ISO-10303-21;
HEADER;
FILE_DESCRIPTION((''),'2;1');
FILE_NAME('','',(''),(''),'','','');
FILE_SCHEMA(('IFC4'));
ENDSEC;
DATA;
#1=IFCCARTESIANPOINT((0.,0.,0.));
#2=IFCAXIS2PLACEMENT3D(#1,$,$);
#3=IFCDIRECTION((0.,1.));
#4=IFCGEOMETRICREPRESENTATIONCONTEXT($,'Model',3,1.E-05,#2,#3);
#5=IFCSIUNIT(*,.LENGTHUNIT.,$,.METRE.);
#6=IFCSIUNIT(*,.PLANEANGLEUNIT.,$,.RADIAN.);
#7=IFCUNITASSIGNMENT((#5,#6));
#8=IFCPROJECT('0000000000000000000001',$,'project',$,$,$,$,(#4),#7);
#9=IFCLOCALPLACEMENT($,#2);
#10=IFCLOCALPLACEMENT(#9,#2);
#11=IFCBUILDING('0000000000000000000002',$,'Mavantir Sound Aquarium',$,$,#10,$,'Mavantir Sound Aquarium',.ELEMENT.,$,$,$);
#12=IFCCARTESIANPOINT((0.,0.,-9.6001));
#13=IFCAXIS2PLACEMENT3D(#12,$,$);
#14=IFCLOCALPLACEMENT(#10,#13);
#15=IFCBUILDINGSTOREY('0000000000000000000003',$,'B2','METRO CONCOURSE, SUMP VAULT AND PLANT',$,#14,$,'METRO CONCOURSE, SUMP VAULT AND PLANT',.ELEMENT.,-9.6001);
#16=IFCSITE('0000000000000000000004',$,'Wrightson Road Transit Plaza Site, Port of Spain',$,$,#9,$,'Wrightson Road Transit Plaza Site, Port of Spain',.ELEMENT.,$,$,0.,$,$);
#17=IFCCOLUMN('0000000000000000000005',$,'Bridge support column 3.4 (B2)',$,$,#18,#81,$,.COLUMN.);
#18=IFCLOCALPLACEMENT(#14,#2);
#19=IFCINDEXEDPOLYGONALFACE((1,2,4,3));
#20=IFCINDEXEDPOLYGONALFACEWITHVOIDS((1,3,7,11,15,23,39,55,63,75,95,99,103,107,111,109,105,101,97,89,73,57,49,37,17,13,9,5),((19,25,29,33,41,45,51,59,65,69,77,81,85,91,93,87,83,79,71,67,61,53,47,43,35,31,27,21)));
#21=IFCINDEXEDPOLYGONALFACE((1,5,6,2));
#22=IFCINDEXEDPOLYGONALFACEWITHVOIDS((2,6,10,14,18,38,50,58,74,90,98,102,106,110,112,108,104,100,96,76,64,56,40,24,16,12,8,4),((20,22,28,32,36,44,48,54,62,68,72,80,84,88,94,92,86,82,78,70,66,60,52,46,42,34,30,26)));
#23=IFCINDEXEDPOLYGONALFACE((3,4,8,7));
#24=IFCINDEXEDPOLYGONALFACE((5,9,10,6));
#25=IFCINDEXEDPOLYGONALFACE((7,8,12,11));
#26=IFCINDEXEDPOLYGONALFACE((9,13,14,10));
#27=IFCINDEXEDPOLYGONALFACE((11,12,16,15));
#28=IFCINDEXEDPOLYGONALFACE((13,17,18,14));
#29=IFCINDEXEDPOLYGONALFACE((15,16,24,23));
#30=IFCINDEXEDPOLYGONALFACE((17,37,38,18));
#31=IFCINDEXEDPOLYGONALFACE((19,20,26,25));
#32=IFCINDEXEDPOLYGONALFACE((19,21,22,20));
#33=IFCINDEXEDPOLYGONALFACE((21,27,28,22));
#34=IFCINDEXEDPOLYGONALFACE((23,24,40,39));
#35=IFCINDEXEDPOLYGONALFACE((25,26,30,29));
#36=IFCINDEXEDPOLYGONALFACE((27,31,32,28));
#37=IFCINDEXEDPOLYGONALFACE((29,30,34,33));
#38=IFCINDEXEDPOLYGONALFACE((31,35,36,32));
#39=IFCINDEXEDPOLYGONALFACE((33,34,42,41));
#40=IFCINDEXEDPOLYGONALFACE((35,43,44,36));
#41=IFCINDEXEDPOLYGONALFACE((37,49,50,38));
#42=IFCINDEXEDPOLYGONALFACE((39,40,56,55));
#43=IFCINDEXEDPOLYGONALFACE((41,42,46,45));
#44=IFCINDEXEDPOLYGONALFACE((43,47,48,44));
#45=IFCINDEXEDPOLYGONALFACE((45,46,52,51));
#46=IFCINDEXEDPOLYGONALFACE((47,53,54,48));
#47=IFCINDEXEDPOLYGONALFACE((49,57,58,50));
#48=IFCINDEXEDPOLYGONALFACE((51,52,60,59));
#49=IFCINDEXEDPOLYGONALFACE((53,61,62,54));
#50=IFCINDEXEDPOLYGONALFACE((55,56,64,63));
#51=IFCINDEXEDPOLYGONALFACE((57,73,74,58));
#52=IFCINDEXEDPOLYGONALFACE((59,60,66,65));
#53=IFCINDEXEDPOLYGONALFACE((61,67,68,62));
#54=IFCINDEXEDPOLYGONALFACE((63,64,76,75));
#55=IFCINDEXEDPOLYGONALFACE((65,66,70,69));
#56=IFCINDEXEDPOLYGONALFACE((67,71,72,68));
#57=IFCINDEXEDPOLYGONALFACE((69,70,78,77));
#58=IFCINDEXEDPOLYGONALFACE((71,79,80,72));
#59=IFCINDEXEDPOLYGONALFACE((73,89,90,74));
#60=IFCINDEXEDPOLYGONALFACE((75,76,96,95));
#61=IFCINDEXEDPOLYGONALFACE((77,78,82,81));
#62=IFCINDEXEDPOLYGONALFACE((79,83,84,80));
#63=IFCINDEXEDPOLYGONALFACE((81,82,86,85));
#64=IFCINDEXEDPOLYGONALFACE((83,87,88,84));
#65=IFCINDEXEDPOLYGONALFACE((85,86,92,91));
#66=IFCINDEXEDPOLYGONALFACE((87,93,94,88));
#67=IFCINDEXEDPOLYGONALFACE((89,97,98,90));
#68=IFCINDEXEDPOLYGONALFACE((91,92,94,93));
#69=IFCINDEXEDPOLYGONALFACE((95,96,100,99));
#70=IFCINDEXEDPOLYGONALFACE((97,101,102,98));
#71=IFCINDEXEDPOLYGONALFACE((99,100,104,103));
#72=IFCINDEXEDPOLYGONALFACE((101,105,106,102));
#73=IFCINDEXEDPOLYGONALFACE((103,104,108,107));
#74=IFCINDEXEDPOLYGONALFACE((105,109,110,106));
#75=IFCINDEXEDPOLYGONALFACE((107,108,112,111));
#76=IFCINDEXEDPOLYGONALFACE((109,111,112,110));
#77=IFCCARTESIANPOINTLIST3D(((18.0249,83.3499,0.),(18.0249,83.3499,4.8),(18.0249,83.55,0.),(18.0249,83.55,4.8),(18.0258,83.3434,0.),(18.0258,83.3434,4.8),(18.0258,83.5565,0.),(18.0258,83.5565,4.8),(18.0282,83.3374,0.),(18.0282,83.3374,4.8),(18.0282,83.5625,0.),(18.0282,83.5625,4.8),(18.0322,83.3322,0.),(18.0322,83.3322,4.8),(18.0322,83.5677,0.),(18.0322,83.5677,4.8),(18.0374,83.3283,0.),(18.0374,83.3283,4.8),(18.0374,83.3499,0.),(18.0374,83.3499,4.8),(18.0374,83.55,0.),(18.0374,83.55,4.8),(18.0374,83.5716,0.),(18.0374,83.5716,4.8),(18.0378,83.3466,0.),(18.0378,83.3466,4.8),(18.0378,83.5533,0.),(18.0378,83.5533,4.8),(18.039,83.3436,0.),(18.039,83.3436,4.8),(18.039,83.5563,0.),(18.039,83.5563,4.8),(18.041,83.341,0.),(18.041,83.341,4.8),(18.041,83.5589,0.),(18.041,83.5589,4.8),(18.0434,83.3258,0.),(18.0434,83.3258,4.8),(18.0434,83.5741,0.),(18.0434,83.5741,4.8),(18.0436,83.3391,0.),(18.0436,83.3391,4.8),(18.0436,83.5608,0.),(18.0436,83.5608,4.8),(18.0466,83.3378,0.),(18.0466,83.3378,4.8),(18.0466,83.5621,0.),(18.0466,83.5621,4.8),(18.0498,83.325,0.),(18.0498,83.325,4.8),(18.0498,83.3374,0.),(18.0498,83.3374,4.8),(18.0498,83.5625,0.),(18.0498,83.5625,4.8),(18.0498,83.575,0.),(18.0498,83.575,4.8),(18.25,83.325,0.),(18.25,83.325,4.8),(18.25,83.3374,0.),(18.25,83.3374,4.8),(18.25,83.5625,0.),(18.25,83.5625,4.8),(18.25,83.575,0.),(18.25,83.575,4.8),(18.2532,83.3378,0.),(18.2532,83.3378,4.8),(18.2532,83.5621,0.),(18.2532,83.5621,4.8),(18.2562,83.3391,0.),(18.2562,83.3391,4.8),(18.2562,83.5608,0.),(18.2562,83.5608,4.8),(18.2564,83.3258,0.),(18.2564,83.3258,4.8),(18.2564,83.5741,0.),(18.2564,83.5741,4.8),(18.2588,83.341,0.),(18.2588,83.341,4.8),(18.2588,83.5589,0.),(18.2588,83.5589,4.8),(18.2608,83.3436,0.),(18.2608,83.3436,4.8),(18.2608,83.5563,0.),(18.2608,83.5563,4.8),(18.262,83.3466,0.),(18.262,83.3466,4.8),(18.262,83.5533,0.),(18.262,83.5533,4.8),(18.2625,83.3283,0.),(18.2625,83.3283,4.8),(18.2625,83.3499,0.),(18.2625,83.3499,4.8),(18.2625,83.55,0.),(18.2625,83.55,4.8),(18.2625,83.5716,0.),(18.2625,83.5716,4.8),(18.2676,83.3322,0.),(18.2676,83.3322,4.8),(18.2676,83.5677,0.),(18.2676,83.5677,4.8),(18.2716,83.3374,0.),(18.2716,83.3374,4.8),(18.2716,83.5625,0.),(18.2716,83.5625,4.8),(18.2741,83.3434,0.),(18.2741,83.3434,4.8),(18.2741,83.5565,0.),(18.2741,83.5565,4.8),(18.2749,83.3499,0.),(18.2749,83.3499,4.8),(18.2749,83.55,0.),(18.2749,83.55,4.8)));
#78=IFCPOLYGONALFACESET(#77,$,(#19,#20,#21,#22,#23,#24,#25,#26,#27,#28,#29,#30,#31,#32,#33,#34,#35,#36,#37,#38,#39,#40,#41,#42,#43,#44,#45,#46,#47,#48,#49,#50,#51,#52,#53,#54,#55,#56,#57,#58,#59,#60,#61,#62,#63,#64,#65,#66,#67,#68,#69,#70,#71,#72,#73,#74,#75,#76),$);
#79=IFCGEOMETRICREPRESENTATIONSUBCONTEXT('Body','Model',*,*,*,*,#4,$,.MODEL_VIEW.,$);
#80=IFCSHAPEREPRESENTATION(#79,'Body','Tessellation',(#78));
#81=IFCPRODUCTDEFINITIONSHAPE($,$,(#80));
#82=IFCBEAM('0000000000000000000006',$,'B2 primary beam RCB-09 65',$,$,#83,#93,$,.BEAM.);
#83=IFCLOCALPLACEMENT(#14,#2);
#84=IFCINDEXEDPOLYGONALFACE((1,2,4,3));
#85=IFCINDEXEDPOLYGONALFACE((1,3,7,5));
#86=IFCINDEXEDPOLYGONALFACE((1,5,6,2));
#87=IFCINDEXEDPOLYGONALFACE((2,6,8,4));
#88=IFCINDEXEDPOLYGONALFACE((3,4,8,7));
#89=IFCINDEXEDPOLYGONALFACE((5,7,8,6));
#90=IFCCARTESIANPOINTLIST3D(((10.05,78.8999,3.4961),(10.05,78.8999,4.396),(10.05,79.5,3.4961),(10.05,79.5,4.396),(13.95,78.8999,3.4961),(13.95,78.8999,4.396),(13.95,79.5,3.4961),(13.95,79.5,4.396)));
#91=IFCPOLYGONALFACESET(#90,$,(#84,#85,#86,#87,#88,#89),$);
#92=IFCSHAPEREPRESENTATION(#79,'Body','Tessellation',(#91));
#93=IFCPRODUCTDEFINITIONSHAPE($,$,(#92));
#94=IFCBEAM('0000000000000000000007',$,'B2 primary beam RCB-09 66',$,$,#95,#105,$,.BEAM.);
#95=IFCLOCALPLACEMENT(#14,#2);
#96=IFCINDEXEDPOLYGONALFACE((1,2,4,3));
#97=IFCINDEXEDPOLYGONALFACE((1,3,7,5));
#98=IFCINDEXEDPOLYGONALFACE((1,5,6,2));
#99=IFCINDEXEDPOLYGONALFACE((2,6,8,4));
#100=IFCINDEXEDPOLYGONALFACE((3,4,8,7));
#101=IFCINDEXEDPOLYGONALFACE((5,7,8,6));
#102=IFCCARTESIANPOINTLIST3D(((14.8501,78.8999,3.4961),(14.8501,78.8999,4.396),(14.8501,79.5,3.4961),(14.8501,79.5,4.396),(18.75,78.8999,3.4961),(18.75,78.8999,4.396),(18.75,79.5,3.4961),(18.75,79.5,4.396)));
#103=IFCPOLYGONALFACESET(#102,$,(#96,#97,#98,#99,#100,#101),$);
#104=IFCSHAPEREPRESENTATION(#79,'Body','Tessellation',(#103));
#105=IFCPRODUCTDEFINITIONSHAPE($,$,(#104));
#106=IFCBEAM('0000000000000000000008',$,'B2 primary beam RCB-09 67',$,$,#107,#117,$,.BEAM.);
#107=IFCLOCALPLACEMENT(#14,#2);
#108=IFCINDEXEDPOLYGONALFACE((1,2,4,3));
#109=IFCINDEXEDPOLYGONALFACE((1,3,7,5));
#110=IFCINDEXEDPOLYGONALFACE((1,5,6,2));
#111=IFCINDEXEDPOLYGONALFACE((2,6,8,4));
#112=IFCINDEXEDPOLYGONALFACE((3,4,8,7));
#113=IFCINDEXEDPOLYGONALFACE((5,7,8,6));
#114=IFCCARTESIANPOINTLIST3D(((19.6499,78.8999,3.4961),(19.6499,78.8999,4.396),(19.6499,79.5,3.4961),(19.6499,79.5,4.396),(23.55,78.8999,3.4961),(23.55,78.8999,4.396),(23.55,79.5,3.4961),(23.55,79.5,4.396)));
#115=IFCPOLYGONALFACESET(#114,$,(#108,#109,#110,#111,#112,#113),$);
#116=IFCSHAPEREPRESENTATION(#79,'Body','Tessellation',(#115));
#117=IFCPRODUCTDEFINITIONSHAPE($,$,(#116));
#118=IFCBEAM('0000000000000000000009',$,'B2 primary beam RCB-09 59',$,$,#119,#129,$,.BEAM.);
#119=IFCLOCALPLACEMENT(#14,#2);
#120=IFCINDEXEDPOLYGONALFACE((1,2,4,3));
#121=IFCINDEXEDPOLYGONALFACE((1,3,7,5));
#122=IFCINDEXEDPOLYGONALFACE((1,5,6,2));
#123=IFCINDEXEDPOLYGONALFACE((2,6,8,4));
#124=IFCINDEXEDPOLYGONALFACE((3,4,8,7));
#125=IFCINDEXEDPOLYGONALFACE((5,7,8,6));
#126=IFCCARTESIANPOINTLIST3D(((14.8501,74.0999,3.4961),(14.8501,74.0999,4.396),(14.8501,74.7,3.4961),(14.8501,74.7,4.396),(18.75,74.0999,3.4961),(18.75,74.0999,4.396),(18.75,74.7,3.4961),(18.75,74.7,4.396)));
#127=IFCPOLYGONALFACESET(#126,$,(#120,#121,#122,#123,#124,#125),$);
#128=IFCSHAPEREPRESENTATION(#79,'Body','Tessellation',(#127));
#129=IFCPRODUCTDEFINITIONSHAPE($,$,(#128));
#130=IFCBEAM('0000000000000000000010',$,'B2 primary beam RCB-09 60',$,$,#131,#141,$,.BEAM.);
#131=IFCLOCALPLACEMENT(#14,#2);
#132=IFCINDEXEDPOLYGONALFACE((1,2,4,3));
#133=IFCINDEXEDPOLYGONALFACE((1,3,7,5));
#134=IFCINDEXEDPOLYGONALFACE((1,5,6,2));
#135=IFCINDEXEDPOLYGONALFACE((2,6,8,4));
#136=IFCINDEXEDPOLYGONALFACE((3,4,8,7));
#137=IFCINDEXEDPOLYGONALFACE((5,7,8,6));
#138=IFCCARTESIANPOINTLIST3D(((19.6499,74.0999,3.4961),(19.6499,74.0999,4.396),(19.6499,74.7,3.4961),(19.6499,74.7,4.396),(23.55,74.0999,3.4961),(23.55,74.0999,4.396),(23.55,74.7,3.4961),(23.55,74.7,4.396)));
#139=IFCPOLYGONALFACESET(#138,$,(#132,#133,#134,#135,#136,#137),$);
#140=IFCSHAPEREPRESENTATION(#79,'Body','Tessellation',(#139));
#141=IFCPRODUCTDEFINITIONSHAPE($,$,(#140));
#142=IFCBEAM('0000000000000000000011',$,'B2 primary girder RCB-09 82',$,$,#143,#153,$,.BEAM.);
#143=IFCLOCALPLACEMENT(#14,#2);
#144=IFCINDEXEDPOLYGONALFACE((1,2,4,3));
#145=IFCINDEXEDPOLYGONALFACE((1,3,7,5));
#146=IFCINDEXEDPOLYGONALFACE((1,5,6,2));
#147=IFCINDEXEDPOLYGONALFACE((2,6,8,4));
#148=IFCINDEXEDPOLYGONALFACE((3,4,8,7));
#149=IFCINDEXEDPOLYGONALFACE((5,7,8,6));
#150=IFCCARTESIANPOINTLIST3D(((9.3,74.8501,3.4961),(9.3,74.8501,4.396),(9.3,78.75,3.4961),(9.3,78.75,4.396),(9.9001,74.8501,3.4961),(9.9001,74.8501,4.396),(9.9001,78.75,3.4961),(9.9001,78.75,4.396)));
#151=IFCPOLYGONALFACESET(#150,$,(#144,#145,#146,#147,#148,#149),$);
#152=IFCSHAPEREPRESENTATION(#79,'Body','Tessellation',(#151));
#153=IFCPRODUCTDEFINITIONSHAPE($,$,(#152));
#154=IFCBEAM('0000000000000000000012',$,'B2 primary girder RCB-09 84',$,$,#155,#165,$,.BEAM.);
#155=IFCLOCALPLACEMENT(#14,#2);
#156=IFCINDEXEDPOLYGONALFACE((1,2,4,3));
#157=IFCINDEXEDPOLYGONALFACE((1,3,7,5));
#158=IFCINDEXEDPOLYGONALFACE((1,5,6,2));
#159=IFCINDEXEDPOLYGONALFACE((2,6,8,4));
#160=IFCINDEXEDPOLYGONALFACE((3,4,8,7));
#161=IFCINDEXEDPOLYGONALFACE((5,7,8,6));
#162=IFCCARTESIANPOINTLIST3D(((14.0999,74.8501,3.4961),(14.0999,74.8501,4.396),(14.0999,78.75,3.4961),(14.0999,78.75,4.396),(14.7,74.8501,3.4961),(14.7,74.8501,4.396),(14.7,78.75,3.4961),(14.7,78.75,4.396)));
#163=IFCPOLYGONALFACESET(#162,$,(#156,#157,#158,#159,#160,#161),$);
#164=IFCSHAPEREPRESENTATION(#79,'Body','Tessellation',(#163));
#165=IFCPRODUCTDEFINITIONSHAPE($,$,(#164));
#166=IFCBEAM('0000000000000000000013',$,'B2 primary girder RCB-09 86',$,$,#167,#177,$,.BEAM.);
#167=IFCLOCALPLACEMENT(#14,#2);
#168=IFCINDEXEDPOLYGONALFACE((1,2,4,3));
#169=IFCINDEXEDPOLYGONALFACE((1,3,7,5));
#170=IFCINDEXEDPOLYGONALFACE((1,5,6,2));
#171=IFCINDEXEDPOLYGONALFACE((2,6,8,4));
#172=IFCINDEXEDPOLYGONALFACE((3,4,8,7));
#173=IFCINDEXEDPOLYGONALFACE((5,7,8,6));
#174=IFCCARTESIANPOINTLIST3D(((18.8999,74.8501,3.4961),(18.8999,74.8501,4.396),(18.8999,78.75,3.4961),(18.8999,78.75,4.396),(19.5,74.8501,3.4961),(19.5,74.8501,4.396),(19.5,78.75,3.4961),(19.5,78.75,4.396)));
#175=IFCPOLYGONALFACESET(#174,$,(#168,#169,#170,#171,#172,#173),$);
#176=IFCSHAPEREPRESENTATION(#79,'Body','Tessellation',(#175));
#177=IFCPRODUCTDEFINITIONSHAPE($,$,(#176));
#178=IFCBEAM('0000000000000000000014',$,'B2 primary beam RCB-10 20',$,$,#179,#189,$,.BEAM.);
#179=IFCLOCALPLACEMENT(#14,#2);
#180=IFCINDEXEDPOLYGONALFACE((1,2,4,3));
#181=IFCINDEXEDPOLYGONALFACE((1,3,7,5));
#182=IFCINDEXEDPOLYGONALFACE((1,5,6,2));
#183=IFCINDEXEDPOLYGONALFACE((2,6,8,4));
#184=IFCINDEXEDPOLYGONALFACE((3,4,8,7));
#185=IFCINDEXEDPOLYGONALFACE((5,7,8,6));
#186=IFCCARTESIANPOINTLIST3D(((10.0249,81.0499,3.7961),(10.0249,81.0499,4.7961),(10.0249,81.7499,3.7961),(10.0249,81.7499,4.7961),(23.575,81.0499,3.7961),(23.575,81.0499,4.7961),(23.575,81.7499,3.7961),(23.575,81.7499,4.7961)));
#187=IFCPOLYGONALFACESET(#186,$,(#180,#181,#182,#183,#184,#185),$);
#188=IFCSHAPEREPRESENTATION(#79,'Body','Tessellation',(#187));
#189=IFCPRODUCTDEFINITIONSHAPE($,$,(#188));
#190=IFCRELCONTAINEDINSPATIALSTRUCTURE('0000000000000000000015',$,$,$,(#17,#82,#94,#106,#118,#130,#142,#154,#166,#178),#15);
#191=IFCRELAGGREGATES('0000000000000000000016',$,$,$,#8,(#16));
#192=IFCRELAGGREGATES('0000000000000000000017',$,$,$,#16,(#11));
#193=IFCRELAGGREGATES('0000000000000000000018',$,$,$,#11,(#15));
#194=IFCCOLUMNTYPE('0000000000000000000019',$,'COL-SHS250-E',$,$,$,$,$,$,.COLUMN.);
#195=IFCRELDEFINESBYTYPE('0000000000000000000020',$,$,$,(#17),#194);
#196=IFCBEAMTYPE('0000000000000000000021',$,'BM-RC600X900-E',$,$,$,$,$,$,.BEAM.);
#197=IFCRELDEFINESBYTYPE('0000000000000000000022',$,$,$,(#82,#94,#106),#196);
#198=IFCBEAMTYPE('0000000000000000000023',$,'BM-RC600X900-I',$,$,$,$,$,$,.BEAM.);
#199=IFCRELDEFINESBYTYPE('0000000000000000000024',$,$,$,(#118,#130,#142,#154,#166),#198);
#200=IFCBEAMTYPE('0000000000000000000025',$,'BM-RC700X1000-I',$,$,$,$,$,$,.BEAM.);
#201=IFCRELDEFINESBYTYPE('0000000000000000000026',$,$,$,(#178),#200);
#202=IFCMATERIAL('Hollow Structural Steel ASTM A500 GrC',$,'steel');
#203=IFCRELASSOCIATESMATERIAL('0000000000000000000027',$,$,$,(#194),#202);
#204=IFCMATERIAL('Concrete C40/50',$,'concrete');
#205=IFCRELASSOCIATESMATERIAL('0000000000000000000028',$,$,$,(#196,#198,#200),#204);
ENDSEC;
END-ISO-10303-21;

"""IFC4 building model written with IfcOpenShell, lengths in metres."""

from ifc_helpers import new_model, si_unit, direction, frame, origin, origin_2d, place, context, subcontext, project, spatial, rectangle, hollow_rectangle, extrude, material, material_profile, profile_set, type_object, element, save


model = new_model("IFC4")

# Units and contexts
model_context = context("Model", 3, precision=1e-05, world=origin(), true_north=direction((0.0, 1.0)))
body_context = subcontext(model_context, "Body", "Model", "MODEL_VIEW")
ifc_project = project(units=[si_unit("LENGTHUNIT", "METRE"), si_unit("PLANEANGLEUNIT", "RADIAN")], contexts=[model_context])

# Site, building, storey
site_placement = place(None, origin())
site = spatial("IfcSite", under=ifc_project, at=site_placement, Name="Wrightson Road Transit Plaza Site, Port of Spain", LongName="Wrightson Road Transit Plaza Site, Port of Spain", CompositionType="ELEMENT", RefElevation=0.0)
building_placement = place(site_placement, origin())
building = spatial("IfcBuilding", under=site, at=building_placement, Name="Mavantir Sound Aquarium", LongName="Mavantir Sound Aquarium", CompositionType="ELEMENT")
storey_placement = place(building_placement, frame((0.0, 0.0, -9.6001)))
storey = spatial("IfcBuildingStorey", under=building, at=storey_placement, Name="B2", Description="METRO CONCOURSE, SUMP VAULT AND PLANT", LongName="METRO CONCOURSE, SUMP VAULT AND PLANT", CompositionType="ELEMENT", Elevation=-9.6001)

# Shared definitions
ifc_material_1 = material(Name="Concrete C40/50", Category="concrete")

# Column
ifc_material_2 = material(Name="Hollow Structural Steel ASTM A500 GrC", Category="steel")
ifc_material_profile_1 = material_profile(ifc_material_2, hollow_rectangle(XDim=0.25, YDim=0.25, WallThickness=0.0125, InnerFilletRadius=0.0125, OuterFilletRadius=0.0249, at=origin_2d()), Name="SHS 250X250X12.5")
ifc_profile_set_1 = profile_set([ifc_material_profile_1], Name="Hollow Structural Steel ASTM A500 GrC")
column_type_1 = type_object("IfcColumnType", Name="COL-SHS250-E", PredefinedType="COLUMN", material=ifc_profile_set_1)
for number, where, z_axis, x_axis, name in (
    (1, (18.1499, 83.45, 0.0), (0.0, 0.0, 1.0), (1.0, 0.0, 0.0), "Bridge support column 3.4 (B2)"),
):
    element("IfcColumn", number, at=place(storey_placement, frame(where, z_axis=z_axis, x_axis=x_axis)), inside=storey, type_object=column_type_1, Name=name, PredefinedType="COLUMN", context=body_context, shape_type="SweptSolid", body=[
        extrude(hollow_rectangle(XDim=0.25, YDim=0.25, WallThickness=0.0125, InnerFilletRadius=0.0125, OuterFilletRadius=0.0249, at=origin_2d()), origin(), (0.0, 0.0, 1.0), 4.8),
    ])

# Beams
ifc_material_profile_2 = material_profile(ifc_material_1, rectangle(XDim=0.6001, YDim=0.8999, at=origin_2d()), Name="RC 600X900")
ifc_profile_set_2 = profile_set([ifc_material_profile_2], Name="Concrete C40/50")
beam_type_1 = type_object("IfcBeamType", Name="BM-RC600X900-E", PredefinedType="BEAM", material=ifc_profile_set_2)
for number, where, z_axis, x_axis, name in (
    (2, (10.05, 79.2, 3.946), (1.0, 0.0, 0.0), (0.0, 1.0, 0.0), "B2 primary beam RCB-09 65"),
    (3, (14.8501, 79.2, 3.946), (1.0, 0.0, 0.0), (0.0, 1.0, 0.0), "B2 primary beam RCB-09 66"),
):
    element("IfcBeam", number, at=place(storey_placement, frame(where, z_axis=z_axis, x_axis=x_axis)), inside=storey, type_object=beam_type_1, Name=name, PredefinedType="BEAM", context=body_context, shape_type="SweptSolid", body=[
        extrude(rectangle(XDim=0.6001, YDim=0.8999, at=origin_2d()), origin(), (0.0, 0.0, 1.0), 3.8999),
    ])
beam_1_placement = place(storey_placement, frame((19.6499, 79.2, 3.946), z_axis=(1.0, 0.0, 0.0), x_axis=(0.0, 1.0, 0.0)))
element("IfcBeam", 4, at=beam_1_placement, inside=storey, type_object=beam_type_1, Name="B2 primary beam RCB-09 67", PredefinedType="BEAM", context=body_context, shape_type="SweptSolid", body=[
    extrude(rectangle(XDim=0.6001, YDim=0.8999, at=origin_2d()), origin(), (0.0, 0.0, 1.0), 3.9001),
])
ifc_material_profile_3 = material_profile(ifc_material_1, rectangle(XDim=0.6001, YDim=0.8999, at=origin_2d()), Name="RC 600X900")
ifc_profile_set_3 = profile_set([ifc_material_profile_3], Name="Concrete C40/50")
beam_type_2 = type_object("IfcBeamType", Name="BM-RC600X900-I", PredefinedType="BEAM", material=ifc_profile_set_3)
beam_2_placement = place(storey_placement, frame((14.8501, 74.3999, 3.946), z_axis=(1.0, 0.0, 0.0), x_axis=(0.0, 1.0, 0.0)))
element("IfcBeam", 5, at=beam_2_placement, inside=storey, type_object=beam_type_2, Name="B2 primary beam RCB-09 59", PredefinedType="BEAM", context=body_context, shape_type="SweptSolid", body=[
    extrude(rectangle(XDim=0.6001, YDim=0.8999, at=origin_2d()), origin(), (0.0, 0.0, 1.0), 3.8999),
])
beam_3_placement = place(storey_placement, frame((19.6499, 74.3999, 3.946), z_axis=(1.0, 0.0, 0.0), x_axis=(0.0, 1.0, 0.0)))
element("IfcBeam", 6, at=beam_3_placement, inside=storey, type_object=beam_type_2, Name="B2 primary beam RCB-09 60", PredefinedType="BEAM", context=body_context, shape_type="SweptSolid", body=[
    extrude(rectangle(XDim=0.6001, YDim=0.8999, at=origin_2d()), origin(), (0.0, 0.0, 1.0), 3.9001),
])
for number, where, z_axis, x_axis, name in (
    (7, (9.6001, 74.8501, 3.946), (0.0, 1.0, 0.0), (-1.0, 0.0, 0.0), "B2 primary girder RCB-09 82"),
    (8, (14.3999, 74.8501, 3.946), (0.0, 1.0, 0.0), (-1.0, 0.0, 0.0), "B2 primary girder RCB-09 84"),
    (9, (19.2, 74.8501, 3.946), (0.0, 1.0, 0.0), (-1.0, 0.0, 0.0), "B2 primary girder RCB-09 86"),
):
    element("IfcBeam", number, at=place(storey_placement, frame(where, z_axis=z_axis, x_axis=x_axis)), inside=storey, type_object=beam_type_2, Name=name, PredefinedType="BEAM", context=body_context, shape_type="SweptSolid", body=[
        extrude(rectangle(XDim=0.6001, YDim=0.8999, at=origin_2d()), origin(), (0.0, 0.0, 1.0), 3.8999),
    ])
ifc_material_profile_4 = material_profile(ifc_material_1, rectangle(XDim=0.7, YDim=1.0, at=origin_2d()), Name="RC 700X1000")
ifc_profile_set_4 = profile_set([ifc_material_profile_4], Name="Concrete C40/50")
beam_type_3 = type_object("IfcBeamType", Name="BM-RC700X1000-I", PredefinedType="BEAM", material=ifc_profile_set_4)
beam_4_placement = place(storey_placement, frame((10.0249, 81.3999, 4.2961), z_axis=(1.0, 0.0, 0.0), x_axis=(0.0, 1.0, 0.0)))
element("IfcBeam", 10, at=beam_4_placement, inside=storey, type_object=beam_type_3, Name="B2 primary beam RCB-10 20", PredefinedType="BEAM", context=body_context, shape_type="SweptSolid", body=[
    extrude(rectangle(XDim=0.7, YDim=1.0, at=origin_2d()), origin(), (0.0, 0.0, 1.0), 13.55),
])

save(model, "model.ifc")
